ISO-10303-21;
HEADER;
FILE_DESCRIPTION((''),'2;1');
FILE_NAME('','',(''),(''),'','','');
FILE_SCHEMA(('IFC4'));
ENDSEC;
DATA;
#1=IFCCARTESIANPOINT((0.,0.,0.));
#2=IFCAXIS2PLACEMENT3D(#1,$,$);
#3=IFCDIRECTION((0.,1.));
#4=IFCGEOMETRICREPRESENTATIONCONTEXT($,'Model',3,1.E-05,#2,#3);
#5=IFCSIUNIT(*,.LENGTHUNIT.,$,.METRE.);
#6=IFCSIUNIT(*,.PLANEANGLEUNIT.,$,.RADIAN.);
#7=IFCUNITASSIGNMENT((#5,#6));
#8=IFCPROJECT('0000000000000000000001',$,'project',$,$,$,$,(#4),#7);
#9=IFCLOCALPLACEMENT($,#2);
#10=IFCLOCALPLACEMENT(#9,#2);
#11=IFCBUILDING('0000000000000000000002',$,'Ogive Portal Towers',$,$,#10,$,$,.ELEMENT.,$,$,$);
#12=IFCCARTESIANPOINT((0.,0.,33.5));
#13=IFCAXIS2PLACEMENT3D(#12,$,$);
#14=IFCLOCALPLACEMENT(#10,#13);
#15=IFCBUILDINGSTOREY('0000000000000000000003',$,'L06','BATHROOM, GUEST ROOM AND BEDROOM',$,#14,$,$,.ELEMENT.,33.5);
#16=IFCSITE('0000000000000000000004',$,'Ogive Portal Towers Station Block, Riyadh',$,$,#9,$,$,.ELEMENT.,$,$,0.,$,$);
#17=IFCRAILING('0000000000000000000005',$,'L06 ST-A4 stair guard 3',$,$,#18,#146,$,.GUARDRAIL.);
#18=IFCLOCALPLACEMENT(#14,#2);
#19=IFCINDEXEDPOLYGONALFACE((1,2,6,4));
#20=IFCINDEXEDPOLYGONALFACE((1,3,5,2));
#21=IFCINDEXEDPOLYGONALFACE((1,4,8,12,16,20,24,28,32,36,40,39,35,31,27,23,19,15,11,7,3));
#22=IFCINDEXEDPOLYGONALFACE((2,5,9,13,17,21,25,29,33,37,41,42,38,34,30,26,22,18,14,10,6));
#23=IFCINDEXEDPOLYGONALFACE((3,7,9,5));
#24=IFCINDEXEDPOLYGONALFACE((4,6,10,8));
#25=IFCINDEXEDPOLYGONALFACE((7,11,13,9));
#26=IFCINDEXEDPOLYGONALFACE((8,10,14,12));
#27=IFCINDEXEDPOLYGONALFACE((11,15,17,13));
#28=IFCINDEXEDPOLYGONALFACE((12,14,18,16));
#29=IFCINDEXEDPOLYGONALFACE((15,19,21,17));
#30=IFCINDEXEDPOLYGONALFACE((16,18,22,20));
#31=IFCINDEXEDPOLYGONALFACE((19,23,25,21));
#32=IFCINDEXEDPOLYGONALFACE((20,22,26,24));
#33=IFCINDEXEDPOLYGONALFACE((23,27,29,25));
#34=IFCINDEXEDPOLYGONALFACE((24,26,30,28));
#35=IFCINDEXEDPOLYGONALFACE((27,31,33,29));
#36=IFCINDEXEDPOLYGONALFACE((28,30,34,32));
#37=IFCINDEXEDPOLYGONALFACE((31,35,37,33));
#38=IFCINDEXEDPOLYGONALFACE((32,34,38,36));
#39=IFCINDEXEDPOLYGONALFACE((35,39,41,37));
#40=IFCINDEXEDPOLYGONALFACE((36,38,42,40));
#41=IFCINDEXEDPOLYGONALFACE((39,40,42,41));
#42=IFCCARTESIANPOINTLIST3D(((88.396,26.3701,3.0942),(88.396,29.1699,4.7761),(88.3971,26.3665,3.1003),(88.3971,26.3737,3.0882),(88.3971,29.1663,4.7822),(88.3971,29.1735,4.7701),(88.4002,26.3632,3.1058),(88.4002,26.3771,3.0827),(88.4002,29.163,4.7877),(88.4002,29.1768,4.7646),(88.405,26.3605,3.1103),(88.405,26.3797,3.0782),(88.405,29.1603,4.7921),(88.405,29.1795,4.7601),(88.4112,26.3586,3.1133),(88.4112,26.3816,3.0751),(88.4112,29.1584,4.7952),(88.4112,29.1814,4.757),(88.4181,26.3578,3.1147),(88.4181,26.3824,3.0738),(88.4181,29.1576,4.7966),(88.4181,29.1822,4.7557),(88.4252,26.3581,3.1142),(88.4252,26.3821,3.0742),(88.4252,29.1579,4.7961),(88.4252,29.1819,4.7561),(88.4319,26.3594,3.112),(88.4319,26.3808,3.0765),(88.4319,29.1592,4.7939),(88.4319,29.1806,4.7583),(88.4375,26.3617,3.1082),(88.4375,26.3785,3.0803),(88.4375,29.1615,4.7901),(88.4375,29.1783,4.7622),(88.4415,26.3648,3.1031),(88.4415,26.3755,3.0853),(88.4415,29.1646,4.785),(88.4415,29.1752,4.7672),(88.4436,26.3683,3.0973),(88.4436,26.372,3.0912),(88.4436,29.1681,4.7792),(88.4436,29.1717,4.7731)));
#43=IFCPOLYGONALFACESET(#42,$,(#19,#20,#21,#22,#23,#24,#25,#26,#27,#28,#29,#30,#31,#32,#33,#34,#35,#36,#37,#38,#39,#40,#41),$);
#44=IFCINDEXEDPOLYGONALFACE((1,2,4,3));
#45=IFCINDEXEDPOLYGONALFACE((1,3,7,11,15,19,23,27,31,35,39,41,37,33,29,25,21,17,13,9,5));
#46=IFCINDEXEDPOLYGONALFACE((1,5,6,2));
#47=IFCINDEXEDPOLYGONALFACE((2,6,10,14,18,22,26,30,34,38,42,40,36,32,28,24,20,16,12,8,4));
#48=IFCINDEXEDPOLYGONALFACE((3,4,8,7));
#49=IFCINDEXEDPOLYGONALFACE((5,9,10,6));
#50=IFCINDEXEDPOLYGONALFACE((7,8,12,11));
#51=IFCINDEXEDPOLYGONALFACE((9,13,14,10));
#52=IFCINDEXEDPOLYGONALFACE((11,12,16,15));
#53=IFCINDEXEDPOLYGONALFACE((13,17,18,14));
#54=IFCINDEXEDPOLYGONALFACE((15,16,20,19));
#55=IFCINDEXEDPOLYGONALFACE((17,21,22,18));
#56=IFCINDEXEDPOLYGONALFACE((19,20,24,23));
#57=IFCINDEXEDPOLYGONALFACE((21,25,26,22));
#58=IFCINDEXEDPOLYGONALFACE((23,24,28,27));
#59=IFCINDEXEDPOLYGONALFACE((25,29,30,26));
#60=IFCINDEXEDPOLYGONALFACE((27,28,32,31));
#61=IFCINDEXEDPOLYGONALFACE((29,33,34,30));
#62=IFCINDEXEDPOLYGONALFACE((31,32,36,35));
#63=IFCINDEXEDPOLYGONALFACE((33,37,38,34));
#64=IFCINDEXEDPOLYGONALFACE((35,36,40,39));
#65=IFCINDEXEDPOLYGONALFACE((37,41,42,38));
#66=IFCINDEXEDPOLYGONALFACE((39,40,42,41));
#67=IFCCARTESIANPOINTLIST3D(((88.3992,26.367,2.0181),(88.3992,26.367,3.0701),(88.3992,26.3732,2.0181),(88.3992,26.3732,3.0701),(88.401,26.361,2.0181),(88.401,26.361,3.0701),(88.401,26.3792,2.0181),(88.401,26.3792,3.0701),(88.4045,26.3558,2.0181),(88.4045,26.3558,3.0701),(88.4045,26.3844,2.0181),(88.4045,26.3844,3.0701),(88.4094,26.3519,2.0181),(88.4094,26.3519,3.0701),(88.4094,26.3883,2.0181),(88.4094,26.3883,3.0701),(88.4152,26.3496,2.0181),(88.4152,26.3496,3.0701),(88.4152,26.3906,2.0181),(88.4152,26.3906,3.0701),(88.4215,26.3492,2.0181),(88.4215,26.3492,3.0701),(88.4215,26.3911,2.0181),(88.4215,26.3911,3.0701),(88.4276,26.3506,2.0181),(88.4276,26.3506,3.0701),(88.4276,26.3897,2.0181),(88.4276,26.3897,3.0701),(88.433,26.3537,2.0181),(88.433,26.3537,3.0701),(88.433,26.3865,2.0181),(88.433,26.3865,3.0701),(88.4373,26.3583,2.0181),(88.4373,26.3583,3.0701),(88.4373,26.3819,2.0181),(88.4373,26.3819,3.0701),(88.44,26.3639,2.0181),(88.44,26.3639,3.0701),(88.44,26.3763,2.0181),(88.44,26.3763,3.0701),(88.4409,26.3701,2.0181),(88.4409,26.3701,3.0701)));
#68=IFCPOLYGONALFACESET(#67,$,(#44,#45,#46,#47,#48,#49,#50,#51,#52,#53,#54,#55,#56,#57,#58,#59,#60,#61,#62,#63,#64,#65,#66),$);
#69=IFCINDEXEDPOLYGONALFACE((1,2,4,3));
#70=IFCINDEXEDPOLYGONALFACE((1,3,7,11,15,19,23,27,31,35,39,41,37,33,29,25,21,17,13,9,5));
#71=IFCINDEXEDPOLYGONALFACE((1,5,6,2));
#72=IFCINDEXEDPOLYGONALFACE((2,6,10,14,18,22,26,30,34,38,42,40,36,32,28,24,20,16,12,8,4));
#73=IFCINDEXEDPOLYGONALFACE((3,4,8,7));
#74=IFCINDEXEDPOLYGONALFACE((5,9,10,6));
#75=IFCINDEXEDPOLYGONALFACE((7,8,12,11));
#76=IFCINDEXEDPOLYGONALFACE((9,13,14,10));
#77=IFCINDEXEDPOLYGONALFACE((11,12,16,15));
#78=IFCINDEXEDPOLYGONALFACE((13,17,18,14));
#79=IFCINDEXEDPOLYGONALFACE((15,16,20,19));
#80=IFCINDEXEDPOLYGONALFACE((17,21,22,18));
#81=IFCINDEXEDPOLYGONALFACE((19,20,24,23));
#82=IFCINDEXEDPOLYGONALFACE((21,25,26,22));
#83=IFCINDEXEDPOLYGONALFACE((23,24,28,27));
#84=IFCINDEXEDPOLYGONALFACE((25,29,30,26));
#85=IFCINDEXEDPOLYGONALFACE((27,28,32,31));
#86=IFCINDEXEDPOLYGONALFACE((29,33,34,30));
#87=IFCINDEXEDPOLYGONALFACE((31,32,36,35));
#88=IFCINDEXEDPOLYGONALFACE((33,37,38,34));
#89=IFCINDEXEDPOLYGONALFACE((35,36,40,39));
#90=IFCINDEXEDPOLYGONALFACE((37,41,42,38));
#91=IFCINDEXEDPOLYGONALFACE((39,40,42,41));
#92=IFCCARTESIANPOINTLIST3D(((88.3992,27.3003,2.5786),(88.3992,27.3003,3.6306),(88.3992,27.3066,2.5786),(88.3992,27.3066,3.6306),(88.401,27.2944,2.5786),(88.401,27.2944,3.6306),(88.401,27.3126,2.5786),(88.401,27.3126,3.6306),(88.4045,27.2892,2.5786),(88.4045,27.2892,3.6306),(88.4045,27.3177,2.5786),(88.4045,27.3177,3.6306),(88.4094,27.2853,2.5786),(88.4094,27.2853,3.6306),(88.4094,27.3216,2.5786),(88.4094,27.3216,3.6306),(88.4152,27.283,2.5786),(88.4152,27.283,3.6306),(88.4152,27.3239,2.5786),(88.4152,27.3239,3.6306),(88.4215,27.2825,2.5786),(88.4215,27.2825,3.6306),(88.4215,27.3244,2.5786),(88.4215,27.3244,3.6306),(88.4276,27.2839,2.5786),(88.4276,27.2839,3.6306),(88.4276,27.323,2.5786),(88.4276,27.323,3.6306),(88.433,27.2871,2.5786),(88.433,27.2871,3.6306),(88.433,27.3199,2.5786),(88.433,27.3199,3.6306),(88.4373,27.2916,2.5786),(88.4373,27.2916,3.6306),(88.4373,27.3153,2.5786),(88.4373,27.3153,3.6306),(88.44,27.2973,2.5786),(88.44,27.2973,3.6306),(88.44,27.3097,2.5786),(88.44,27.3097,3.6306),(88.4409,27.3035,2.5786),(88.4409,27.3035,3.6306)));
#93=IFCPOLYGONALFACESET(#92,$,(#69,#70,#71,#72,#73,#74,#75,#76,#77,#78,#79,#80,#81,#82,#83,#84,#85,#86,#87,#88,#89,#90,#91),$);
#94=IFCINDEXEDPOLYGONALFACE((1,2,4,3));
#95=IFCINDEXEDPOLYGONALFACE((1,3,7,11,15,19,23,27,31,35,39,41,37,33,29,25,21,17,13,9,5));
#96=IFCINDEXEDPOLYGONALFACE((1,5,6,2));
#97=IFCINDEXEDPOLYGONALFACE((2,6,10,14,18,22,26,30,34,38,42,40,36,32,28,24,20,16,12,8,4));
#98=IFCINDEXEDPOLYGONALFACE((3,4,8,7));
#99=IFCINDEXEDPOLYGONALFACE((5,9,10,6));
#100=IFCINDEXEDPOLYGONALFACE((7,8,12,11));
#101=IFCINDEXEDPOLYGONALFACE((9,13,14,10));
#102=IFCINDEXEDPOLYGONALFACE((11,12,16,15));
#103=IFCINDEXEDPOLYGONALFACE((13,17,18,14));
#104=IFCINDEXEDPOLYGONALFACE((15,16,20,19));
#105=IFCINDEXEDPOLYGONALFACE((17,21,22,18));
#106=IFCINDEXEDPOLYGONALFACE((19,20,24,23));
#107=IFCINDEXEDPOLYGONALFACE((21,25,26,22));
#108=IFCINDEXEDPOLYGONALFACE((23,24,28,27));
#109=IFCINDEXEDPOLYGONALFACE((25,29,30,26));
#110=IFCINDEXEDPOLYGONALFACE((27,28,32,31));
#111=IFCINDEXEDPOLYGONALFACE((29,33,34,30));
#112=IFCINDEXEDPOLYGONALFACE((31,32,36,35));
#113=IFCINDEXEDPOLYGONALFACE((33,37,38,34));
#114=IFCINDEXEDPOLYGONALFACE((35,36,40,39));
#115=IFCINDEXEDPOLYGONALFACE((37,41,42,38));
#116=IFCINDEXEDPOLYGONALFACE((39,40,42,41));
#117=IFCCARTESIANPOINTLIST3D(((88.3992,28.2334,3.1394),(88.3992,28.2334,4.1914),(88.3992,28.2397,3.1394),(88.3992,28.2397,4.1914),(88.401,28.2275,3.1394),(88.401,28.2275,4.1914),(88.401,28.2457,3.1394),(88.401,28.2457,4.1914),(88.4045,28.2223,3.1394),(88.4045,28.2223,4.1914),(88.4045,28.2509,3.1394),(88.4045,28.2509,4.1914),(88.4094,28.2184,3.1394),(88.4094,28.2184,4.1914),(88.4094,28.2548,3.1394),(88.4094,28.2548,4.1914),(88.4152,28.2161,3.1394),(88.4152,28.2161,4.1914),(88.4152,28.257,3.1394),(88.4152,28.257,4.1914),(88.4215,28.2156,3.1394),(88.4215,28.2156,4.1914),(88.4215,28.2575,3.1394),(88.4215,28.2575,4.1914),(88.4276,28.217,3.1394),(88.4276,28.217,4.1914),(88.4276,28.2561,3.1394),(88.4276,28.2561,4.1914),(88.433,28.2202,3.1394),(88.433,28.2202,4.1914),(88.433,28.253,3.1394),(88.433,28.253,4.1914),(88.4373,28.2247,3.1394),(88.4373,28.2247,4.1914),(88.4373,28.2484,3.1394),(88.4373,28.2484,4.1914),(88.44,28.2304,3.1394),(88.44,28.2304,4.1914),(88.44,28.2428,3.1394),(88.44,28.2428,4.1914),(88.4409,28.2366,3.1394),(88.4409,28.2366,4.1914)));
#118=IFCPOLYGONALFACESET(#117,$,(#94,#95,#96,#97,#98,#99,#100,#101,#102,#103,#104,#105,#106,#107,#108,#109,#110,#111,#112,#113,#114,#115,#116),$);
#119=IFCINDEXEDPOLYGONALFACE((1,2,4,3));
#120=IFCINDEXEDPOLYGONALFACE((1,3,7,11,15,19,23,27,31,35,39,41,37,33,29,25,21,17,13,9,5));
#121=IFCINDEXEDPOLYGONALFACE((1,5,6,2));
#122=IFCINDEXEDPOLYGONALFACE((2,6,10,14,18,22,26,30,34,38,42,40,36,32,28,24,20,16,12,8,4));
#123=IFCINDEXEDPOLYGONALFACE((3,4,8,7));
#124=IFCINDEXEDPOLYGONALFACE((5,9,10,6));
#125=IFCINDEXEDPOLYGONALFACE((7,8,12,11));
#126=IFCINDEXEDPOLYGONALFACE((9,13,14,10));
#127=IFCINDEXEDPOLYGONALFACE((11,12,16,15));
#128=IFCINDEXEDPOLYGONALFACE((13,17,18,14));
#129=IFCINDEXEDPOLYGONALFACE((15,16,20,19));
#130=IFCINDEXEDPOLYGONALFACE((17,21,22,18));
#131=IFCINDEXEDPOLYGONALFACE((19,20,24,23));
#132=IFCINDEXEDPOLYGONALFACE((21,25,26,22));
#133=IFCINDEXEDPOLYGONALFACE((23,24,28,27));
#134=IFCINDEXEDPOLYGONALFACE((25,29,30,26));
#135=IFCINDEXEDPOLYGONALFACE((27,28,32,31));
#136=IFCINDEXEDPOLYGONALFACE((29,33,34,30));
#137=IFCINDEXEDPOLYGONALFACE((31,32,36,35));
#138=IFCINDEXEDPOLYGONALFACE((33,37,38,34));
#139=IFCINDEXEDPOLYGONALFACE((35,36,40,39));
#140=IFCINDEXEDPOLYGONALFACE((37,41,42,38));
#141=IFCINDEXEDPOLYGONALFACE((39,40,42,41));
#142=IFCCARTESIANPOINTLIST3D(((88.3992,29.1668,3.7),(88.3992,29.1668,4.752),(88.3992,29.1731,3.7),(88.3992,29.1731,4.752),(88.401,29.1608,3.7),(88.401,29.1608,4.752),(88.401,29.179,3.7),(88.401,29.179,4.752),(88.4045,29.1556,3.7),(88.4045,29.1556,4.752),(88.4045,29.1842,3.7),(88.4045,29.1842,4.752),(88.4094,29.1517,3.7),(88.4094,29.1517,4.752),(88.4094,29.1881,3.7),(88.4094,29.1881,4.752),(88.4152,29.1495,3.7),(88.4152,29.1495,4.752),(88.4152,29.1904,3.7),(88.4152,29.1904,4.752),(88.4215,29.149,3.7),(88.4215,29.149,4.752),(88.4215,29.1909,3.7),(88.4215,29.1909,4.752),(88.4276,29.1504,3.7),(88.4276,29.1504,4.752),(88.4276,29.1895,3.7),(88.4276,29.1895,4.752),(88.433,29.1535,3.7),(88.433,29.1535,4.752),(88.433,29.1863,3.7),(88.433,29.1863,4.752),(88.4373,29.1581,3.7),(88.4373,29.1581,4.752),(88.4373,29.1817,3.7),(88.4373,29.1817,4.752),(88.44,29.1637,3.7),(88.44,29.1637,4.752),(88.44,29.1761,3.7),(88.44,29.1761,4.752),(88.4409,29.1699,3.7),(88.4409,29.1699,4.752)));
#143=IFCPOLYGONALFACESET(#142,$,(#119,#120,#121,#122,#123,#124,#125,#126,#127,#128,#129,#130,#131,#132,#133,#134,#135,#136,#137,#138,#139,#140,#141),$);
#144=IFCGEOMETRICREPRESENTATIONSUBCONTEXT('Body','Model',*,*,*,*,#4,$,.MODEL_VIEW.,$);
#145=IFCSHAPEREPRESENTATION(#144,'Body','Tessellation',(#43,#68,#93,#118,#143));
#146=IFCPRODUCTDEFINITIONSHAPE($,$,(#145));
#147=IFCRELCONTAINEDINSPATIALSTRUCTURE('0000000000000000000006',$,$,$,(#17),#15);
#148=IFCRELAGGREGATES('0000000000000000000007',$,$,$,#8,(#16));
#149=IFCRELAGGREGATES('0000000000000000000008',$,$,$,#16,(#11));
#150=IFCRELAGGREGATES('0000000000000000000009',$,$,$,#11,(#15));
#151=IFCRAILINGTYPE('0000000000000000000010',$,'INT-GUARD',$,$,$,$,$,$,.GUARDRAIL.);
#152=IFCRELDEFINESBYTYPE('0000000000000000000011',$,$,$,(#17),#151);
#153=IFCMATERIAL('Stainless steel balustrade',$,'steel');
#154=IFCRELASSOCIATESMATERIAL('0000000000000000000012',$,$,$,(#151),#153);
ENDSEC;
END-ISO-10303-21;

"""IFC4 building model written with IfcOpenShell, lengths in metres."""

from ifc_helpers import new_model, si_unit, direction, frame, origin, origin_2d, place, context, subcontext, project, spatial, circle, extrude, material, type_object, element, save


model = new_model("IFC4")

# Units and contexts
model_context = context("Model", 3, precision=1e-05, world=origin(), true_north=direction((0.0, 1.0)))
body_context = subcontext(model_context, "Body", "Model", "MODEL_VIEW")
ifc_project = project(units=[si_unit("LENGTHUNIT", "METRE"), si_unit("PLANEANGLEUNIT", "RADIAN")], contexts=[model_context])

# Site, building, storey
site_placement = place(None, origin())
site = spatial("IfcSite", under=ifc_project, at=site_placement, Name="Ogive Portal Towers Station Block, Riyadh", CompositionType="ELEMENT", RefElevation=0.0)
building_placement = place(site_placement, origin())
building = spatial("IfcBuilding", under=site, at=building_placement, Name="Ogive Portal Towers", CompositionType="ELEMENT")
storey_placement = place(building_placement, frame((0.0, 0.0, 33.5)))
storey = spatial("IfcBuildingStorey", under=building, at=storey_placement, Name="L06", Description="BATHROOM, GUEST ROOM AND BEDROOM", CompositionType="ELEMENT", Elevation=33.5)

# Railing
ifc_material_1 = material(Name="Stainless steel balustrade", Category="steel")
railing_type_1 = type_object("IfcRailingType", Name="INT-GUARD", PredefinedType="GUARDRAIL", material=ifc_material_1)
railing_1_placement = place(storey_placement, frame((88.4199, 26.3701, 2.0181)))
element("IfcRailing", 1, at=railing_1_placement, inside=storey, type_object=railing_type_1, Name="L06 ST-A4 stair guard 3", PredefinedType="GUARDRAIL", context=body_context, shape_type="SweptSolid", body=[
    extrude(circle(Radius=0.0239, at=origin_2d()), frame((0.0, 0.0, 1.0762), z_axis=(0.0, 0.857222, 0.514946), x_axis=(-1.0, 0.0, 0.0)), (0.0, 0.0, 1.0), 3.2661),
    extrude(circle(Radius=0.021, at=origin_2d()), origin(), (0.0, 0.0, 1.0), 1.052),
    extrude(circle(Radius=0.021, at=origin_2d()), frame((0.0, 0.9333, 0.5605)), (0.0, 0.0, 1.0), 1.052),
    extrude(circle(Radius=0.021, at=origin_2d()), frame((0.0, 1.8665, 1.1213)), (0.0, 0.0, 1.0), 1.052),
    extrude(circle(Radius=0.021, at=origin_2d()), frame((0.0, 2.7998, 1.6819)), (0.0, 0.0, 1.0), 1.052),
])

save(model, "model.ifc")
